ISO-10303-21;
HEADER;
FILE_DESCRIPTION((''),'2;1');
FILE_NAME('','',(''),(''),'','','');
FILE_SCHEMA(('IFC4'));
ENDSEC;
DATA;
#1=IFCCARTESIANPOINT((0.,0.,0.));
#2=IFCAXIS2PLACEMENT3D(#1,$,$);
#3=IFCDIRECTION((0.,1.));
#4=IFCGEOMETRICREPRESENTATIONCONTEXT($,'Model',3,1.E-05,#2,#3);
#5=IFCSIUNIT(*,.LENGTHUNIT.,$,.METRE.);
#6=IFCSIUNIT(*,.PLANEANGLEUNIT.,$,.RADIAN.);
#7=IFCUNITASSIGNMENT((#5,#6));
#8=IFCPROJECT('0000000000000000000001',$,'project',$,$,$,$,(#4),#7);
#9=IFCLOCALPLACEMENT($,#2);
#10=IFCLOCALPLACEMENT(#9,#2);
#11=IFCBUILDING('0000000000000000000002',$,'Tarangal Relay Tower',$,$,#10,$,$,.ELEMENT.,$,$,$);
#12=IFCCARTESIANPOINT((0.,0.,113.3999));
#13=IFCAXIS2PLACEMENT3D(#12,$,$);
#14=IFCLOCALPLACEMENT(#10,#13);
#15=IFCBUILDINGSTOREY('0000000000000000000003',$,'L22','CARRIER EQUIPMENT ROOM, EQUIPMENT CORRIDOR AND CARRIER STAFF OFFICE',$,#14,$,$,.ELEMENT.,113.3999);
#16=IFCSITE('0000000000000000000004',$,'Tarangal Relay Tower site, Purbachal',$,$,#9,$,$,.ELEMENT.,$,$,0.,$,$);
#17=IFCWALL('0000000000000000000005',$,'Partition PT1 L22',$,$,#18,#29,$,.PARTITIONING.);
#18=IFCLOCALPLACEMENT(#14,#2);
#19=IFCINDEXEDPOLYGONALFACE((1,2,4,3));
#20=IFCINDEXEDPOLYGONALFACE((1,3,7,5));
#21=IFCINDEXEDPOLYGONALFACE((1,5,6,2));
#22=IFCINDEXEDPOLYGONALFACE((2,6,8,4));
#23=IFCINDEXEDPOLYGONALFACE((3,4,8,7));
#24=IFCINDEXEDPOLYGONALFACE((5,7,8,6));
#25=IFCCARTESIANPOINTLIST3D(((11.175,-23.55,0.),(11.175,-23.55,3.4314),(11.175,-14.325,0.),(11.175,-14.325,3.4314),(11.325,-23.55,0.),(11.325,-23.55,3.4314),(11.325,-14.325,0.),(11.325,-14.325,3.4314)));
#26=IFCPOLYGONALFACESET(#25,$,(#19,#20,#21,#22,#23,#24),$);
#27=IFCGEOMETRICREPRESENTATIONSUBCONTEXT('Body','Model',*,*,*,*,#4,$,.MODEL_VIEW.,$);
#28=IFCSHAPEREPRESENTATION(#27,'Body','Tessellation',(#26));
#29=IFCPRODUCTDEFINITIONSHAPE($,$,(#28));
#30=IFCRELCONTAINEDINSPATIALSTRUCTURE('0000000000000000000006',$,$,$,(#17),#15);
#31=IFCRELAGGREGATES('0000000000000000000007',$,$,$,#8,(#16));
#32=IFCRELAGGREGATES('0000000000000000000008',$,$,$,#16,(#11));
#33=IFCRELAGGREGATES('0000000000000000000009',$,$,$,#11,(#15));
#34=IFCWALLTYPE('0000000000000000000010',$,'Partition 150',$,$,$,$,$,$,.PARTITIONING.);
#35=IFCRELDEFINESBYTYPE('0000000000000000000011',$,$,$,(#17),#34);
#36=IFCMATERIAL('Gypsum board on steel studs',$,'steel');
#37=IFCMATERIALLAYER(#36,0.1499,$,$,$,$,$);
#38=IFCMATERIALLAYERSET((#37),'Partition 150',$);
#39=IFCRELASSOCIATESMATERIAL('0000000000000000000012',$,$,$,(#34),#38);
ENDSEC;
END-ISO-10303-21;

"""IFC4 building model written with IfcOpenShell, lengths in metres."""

from ifc_helpers import new_model, si_unit, direction, frame, frame_2d, origin, place, context, subcontext, project, spatial, rectangle, extrude, material, layer, layer_set, type_object, element, save


model = new_model("IFC4")

# Units and contexts
model_context = context("Model", 3, precision=1e-05, world=origin(), true_north=direction((0.0, 1.0)))
body_context = subcontext(model_context, "Body", "Model", "MODEL_VIEW")
ifc_project = project(units=[si_unit("LENGTHUNIT", "METRE"), si_unit("PLANEANGLEUNIT", "RADIAN")], contexts=[model_context])

# Site, building, storey
site_placement = place(None, origin())
site = spatial("IfcSite", under=ifc_project, at=site_placement, Name="Tarangal Relay Tower site, Purbachal", CompositionType="ELEMENT", RefElevation=0.0)
building_placement = place(site_placement, origin())
building = spatial("IfcBuilding", under=site, at=building_placement, Name="Tarangal Relay Tower", CompositionType="ELEMENT")
storey_placement = place(building_placement, frame((0.0, 0.0, 113.3999)))
storey = spatial("IfcBuildingStorey", under=building, at=storey_placement, Name="L22", Description="CARRIER EQUIPMENT ROOM, EQUIPMENT CORRIDOR AND CARRIER STAFF OFFICE", CompositionType="ELEMENT", Elevation=113.3999)

# Wall
ifc_material_1 = material(Name="Gypsum board on steel studs", Category="steel")
ifc_layer_1 = layer(ifc_material_1, 0.1499)
ifc_layer_set_1 = layer_set([ifc_layer_1], Name="Partition 150")
wall_type_1 = type_object("IfcWallType", Name="Partition 150", PredefinedType="PARTITIONING", material=ifc_layer_set_1)
wall_1_placement = place(storey_placement, frame((11.25, -23.55, 0.0), z_axis=(0.0, 0.0, 1.0), x_axis=(0.0, 1.0, 0.0)))
element("IfcWall", 1, at=wall_1_placement, inside=storey, type_object=wall_type_1, Name="Partition PT1 L22", PredefinedType="PARTITIONING", context=body_context, shape_type="SweptSolid", body=[
    extrude(rectangle(XDim=9.2251, YDim=0.1499, at=frame_2d((4.6125, 0.0))), origin(), (0.0, 0.0, 1.0), 3.4314),
])

save(model, "model.ifc")
